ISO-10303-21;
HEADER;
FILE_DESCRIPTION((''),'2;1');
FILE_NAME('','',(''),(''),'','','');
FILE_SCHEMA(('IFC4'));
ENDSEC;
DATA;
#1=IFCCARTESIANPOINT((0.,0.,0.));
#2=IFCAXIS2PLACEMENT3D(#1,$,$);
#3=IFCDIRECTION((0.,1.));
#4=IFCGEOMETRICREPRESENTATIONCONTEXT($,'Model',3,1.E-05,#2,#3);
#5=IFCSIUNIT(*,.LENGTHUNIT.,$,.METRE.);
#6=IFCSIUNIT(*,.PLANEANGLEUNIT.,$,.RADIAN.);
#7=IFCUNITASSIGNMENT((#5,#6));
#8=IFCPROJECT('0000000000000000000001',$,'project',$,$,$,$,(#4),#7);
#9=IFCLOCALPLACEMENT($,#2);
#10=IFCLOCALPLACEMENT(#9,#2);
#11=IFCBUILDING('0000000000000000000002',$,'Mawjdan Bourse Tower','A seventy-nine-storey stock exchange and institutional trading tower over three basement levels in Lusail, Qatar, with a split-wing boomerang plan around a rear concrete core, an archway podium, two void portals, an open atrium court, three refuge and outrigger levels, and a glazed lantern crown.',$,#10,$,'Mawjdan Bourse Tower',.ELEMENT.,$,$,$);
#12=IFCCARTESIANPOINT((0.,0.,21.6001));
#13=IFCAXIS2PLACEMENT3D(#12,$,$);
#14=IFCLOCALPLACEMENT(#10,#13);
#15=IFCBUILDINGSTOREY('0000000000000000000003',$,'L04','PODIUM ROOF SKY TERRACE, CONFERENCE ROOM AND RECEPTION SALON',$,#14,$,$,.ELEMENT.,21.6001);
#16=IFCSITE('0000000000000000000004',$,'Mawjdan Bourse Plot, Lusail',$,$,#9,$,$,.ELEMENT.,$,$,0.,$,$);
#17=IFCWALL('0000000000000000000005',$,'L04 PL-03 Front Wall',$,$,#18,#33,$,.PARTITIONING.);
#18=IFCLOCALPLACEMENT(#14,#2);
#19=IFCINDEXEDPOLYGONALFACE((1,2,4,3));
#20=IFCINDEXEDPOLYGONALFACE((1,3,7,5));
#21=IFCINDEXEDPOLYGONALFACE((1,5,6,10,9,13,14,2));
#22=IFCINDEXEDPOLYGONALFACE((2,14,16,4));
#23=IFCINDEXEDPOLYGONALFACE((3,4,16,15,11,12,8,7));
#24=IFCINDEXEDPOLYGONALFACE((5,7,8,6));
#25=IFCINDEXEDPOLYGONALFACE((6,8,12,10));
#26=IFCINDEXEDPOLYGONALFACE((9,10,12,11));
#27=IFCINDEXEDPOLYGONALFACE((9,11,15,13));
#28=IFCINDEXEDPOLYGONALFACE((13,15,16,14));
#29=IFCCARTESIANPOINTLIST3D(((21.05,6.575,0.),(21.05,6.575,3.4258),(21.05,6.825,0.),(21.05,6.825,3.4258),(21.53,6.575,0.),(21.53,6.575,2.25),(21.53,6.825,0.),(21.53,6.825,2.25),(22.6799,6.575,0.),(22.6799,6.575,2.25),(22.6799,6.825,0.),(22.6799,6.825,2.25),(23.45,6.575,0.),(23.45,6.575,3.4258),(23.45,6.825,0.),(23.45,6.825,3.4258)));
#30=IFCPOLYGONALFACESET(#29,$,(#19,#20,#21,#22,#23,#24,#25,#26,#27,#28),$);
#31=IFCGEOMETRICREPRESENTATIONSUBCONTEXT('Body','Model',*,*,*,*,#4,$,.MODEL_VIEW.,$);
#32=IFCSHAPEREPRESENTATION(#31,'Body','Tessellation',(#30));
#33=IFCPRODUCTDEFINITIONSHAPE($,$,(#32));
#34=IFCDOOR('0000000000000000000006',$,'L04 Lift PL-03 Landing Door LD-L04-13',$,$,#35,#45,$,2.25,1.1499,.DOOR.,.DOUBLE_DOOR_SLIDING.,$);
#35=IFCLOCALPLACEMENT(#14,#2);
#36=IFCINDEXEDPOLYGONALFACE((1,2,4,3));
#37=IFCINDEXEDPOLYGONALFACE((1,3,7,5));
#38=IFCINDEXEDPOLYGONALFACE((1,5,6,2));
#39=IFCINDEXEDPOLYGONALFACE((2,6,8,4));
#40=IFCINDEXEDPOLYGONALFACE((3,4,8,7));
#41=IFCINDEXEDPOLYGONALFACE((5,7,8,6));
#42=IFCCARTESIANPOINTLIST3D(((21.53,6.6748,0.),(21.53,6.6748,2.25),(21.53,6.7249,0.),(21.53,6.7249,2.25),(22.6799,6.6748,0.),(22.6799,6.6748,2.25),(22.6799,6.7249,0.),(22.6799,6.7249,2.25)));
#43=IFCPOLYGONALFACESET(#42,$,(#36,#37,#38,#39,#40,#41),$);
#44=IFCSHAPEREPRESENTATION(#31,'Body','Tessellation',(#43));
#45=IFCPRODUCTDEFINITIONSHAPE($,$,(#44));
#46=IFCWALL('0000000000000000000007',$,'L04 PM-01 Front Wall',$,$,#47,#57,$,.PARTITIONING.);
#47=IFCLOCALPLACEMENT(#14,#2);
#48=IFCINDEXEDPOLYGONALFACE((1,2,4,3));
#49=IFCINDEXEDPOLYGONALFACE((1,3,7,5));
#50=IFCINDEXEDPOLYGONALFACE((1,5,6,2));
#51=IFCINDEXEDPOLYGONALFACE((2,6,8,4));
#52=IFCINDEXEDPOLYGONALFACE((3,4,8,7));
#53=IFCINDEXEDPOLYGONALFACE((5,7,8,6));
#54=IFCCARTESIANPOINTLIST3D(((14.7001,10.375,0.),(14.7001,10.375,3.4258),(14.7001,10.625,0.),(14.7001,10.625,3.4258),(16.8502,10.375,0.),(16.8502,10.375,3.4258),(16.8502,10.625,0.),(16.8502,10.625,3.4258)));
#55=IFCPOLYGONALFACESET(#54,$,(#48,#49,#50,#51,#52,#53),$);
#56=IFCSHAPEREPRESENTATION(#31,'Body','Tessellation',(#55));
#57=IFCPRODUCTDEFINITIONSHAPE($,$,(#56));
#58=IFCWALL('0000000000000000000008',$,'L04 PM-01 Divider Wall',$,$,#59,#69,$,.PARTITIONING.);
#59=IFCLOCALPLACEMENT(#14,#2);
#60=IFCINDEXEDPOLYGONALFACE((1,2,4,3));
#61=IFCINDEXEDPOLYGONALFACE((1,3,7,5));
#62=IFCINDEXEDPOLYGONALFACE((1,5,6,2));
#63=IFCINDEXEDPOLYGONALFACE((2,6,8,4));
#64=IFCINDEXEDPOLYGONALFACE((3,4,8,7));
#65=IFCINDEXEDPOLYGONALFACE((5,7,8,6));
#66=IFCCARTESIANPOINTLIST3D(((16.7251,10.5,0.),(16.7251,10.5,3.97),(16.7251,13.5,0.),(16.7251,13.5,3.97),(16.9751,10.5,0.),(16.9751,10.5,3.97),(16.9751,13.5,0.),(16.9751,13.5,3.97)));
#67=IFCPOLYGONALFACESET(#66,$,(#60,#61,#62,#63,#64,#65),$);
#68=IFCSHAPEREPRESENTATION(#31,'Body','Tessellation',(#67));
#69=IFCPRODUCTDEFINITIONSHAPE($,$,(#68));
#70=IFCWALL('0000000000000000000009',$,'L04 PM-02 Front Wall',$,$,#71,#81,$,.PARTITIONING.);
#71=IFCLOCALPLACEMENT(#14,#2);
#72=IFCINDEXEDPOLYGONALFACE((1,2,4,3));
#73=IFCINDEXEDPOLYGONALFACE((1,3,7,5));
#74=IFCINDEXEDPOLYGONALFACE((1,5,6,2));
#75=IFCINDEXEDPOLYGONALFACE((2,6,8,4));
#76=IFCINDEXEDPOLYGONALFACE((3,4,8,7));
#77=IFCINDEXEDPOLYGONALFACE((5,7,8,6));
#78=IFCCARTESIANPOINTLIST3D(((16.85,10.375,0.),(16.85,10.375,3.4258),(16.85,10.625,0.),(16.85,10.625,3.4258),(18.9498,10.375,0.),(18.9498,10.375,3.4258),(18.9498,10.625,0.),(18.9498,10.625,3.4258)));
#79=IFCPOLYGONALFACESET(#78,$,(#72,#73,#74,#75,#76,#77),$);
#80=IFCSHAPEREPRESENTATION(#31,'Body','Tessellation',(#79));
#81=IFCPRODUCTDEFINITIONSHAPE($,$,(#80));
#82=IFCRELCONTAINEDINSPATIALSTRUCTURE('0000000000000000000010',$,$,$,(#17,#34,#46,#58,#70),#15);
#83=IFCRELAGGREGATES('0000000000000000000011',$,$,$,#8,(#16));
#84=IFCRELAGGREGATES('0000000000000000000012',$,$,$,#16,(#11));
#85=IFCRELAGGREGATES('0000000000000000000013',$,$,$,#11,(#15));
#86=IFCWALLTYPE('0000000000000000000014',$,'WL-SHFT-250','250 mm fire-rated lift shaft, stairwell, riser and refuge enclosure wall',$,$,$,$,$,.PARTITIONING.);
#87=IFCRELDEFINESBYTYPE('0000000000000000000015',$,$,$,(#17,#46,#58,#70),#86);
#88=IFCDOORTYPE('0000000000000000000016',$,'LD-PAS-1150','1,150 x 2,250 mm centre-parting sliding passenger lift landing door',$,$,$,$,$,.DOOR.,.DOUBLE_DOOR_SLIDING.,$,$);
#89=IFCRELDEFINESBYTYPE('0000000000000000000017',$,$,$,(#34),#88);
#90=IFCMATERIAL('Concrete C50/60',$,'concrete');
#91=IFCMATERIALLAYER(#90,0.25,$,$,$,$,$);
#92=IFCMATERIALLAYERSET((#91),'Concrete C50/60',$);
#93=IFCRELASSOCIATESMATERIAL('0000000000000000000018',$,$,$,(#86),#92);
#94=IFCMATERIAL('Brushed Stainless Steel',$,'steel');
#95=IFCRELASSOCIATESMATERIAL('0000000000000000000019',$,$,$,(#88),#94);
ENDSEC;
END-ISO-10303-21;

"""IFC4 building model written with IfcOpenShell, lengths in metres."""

from ifc_helpers import new_model, si_unit, direction, frame, frame_2d, origin, place, context, subcontext, project, spatial, rectangle, extrude, material, layer, layer_set, type_object, element, fill, save


model = new_model("IFC4")

# Units and contexts
model_context = context("Model", 3, precision=1e-05, world=origin(), true_north=direction((0.0, 1.0)))
body_context = subcontext(model_context, "Body", "Model", "MODEL_VIEW")
ifc_project = project(units=[si_unit("LENGTHUNIT", "METRE"), si_unit("PLANEANGLEUNIT", "RADIAN")], contexts=[model_context])

# Site, building, storey
site_placement = place(None, origin())
site = spatial("IfcSite", under=ifc_project, at=site_placement, Name="Mawjdan Bourse Plot, Lusail", CompositionType="ELEMENT", RefElevation=0.0)
building_placement = place(site_placement, origin())
building = spatial("IfcBuilding", under=site, at=building_placement, Name="Mawjdan Bourse Tower", Description="A seventy-nine-storey stock exchange and institutional trading tower over three basement levels in Lusail, Qatar, with a split-wing boomerang plan around a rear concrete core, an archway podium, two void portals, an open atrium court, three refuge and outrigger levels, and a glazed lantern crown.", LongName="Mawjdan Bourse Tower", CompositionType="ELEMENT")
storey_placement = place(building_placement, frame((0.0, 0.0, 21.6001)))
storey = spatial("IfcBuildingStorey", under=building, at=storey_placement, Name="L04", Description="PODIUM ROOF SKY TERRACE, CONFERENCE ROOM AND RECEPTION SALON", CompositionType="ELEMENT", Elevation=21.6001)

# Shared definitions
ifc_material_1 = material(Name="Concrete C50/60", Category="concrete")
ifc_layer = layer(ifc_material_1, 0.25)
ifc_layer_set = layer_set([ifc_layer], Name="Concrete C50/60")
wall_type = type_object("IfcWallType", Name="WL-SHFT-250", Description="250 mm fire-rated lift shaft, stairwell, riser and refuge enclosure wall", PredefinedType="PARTITIONING", material=ifc_layer_set)

# Shared definitions
ifc_material_2 = material(Name="Brushed Stainless Steel", Category="steel")

# Shared definitions
door_type_1 = type_object("IfcDoorType", Name="LD-PAS-1150", Description="1,150 x 2,250 mm centre-parting sliding passenger lift landing door", OperationType="DOUBLE_DOOR_SLIDING", PredefinedType="DOOR", material=ifc_material_2)

# Wall, opening, door
wall_1_placement = place(storey_placement, frame((21.05, 6.7, 0.0), z_axis=(0.0, 0.0, 1.0), x_axis=(1.0, 0.0, 0.0)))
wall_1 = element("IfcWall", 1, at=wall_1_placement, inside=storey, type_object=wall_type, Name="L04 PL-03 Front Wall", PredefinedType="PARTITIONING", context=body_context, shape_type="SweptSolid", body=[
    extrude(rectangle(XDim=2.3999, YDim=0.25, at=frame_2d((1.2, 0.0))), origin(), (0.0, 0.0, 1.0), 3.4258),
])
opening_1_placement = place(wall_1_placement, frame((0.48, 0.0, 0.0)))
opening_1 = element("IfcOpeningElement", 2, at=opening_1_placement, cuts=wall_1, PredefinedType="OPENING", context=body_context, shape_type="SweptSolid", body=[
    extrude(rectangle(XDim=1.1499, YDim=2.25, at=frame_2d((0.575, 1.125))), frame((0.0, 0.135, 0.0), z_axis=(0.0, -1.0, 0.0), x_axis=(1.0, 0.0, 0.0)), (0.0, 0.0, 1.0), 0.27),
])
door_1_placement = place(opening_1_placement, origin())
door_1 = element("IfcDoor", 3, at=door_1_placement, inside=storey, type_object=door_type_1, Name="L04 Lift PL-03 Landing Door LD-L04-13", OperationType="DOUBLE_DOOR_SLIDING", OverallHeight=2.25, OverallWidth=1.1499, PredefinedType="DOOR", context=body_context, shape_type="SweptSolid", body=[
    extrude(rectangle(XDim=1.1499, YDim=2.25, at=frame_2d((0.575, 1.125))), frame((0.0, 0.0249, 0.0), z_axis=(0.0, -1.0, 0.0), x_axis=(1.0, 0.0, 0.0)), (0.0, 0.0, 1.0), 0.05),
])
fill(opening_1, door_1)

# Walls
wall_2_placement = place(storey_placement, frame((14.7, 10.5, 0.0), z_axis=(0.0, 0.0, 1.0), x_axis=(1.0, 0.0, 0.0)))
element("IfcWall", 4, at=wall_2_placement, inside=storey, type_object=wall_type, Name="L04 PM-01 Front Wall", PredefinedType="PARTITIONING", context=body_context, shape_type="SweptSolid", body=[
    extrude(rectangle(XDim=2.1501, YDim=0.25, at=frame_2d((1.0752, 0.0))), origin(), (0.0, 0.0, 1.0), 3.4258),
])
wall_3_placement = place(storey_placement, frame((16.8501, 10.5, 0.0), z_axis=(0.0, 0.0, 1.0), x_axis=(0.0, 1.0, 0.0)))
element("IfcWall", 5, at=wall_3_placement, inside=storey, type_object=wall_type, Name="L04 PM-01 Divider Wall", PredefinedType="PARTITIONING", context=body_context, shape_type="SweptSolid", body=[
    extrude(rectangle(XDim=3.0, YDim=0.25, at=frame_2d((1.5, 0.0))), origin(), (0.0, 0.0, 1.0), 3.97),
])
wall_4_placement = place(storey_placement, frame((16.8501, 10.5, 0.0), z_axis=(0.0, 0.0, 1.0), x_axis=(1.0, 0.0, 0.0)))
element("IfcWall", 6, at=wall_4_placement, inside=storey, type_object=wall_type, Name="L04 PM-02 Front Wall", PredefinedType="PARTITIONING", context=body_context, shape_type="SweptSolid", body=[
    extrude(rectangle(XDim=2.0999, YDim=0.25, at=frame_2d((1.0498, 0.0))), origin(), (0.0, 0.0, 1.0), 3.4258),
])

save(model, "model.ifc")
